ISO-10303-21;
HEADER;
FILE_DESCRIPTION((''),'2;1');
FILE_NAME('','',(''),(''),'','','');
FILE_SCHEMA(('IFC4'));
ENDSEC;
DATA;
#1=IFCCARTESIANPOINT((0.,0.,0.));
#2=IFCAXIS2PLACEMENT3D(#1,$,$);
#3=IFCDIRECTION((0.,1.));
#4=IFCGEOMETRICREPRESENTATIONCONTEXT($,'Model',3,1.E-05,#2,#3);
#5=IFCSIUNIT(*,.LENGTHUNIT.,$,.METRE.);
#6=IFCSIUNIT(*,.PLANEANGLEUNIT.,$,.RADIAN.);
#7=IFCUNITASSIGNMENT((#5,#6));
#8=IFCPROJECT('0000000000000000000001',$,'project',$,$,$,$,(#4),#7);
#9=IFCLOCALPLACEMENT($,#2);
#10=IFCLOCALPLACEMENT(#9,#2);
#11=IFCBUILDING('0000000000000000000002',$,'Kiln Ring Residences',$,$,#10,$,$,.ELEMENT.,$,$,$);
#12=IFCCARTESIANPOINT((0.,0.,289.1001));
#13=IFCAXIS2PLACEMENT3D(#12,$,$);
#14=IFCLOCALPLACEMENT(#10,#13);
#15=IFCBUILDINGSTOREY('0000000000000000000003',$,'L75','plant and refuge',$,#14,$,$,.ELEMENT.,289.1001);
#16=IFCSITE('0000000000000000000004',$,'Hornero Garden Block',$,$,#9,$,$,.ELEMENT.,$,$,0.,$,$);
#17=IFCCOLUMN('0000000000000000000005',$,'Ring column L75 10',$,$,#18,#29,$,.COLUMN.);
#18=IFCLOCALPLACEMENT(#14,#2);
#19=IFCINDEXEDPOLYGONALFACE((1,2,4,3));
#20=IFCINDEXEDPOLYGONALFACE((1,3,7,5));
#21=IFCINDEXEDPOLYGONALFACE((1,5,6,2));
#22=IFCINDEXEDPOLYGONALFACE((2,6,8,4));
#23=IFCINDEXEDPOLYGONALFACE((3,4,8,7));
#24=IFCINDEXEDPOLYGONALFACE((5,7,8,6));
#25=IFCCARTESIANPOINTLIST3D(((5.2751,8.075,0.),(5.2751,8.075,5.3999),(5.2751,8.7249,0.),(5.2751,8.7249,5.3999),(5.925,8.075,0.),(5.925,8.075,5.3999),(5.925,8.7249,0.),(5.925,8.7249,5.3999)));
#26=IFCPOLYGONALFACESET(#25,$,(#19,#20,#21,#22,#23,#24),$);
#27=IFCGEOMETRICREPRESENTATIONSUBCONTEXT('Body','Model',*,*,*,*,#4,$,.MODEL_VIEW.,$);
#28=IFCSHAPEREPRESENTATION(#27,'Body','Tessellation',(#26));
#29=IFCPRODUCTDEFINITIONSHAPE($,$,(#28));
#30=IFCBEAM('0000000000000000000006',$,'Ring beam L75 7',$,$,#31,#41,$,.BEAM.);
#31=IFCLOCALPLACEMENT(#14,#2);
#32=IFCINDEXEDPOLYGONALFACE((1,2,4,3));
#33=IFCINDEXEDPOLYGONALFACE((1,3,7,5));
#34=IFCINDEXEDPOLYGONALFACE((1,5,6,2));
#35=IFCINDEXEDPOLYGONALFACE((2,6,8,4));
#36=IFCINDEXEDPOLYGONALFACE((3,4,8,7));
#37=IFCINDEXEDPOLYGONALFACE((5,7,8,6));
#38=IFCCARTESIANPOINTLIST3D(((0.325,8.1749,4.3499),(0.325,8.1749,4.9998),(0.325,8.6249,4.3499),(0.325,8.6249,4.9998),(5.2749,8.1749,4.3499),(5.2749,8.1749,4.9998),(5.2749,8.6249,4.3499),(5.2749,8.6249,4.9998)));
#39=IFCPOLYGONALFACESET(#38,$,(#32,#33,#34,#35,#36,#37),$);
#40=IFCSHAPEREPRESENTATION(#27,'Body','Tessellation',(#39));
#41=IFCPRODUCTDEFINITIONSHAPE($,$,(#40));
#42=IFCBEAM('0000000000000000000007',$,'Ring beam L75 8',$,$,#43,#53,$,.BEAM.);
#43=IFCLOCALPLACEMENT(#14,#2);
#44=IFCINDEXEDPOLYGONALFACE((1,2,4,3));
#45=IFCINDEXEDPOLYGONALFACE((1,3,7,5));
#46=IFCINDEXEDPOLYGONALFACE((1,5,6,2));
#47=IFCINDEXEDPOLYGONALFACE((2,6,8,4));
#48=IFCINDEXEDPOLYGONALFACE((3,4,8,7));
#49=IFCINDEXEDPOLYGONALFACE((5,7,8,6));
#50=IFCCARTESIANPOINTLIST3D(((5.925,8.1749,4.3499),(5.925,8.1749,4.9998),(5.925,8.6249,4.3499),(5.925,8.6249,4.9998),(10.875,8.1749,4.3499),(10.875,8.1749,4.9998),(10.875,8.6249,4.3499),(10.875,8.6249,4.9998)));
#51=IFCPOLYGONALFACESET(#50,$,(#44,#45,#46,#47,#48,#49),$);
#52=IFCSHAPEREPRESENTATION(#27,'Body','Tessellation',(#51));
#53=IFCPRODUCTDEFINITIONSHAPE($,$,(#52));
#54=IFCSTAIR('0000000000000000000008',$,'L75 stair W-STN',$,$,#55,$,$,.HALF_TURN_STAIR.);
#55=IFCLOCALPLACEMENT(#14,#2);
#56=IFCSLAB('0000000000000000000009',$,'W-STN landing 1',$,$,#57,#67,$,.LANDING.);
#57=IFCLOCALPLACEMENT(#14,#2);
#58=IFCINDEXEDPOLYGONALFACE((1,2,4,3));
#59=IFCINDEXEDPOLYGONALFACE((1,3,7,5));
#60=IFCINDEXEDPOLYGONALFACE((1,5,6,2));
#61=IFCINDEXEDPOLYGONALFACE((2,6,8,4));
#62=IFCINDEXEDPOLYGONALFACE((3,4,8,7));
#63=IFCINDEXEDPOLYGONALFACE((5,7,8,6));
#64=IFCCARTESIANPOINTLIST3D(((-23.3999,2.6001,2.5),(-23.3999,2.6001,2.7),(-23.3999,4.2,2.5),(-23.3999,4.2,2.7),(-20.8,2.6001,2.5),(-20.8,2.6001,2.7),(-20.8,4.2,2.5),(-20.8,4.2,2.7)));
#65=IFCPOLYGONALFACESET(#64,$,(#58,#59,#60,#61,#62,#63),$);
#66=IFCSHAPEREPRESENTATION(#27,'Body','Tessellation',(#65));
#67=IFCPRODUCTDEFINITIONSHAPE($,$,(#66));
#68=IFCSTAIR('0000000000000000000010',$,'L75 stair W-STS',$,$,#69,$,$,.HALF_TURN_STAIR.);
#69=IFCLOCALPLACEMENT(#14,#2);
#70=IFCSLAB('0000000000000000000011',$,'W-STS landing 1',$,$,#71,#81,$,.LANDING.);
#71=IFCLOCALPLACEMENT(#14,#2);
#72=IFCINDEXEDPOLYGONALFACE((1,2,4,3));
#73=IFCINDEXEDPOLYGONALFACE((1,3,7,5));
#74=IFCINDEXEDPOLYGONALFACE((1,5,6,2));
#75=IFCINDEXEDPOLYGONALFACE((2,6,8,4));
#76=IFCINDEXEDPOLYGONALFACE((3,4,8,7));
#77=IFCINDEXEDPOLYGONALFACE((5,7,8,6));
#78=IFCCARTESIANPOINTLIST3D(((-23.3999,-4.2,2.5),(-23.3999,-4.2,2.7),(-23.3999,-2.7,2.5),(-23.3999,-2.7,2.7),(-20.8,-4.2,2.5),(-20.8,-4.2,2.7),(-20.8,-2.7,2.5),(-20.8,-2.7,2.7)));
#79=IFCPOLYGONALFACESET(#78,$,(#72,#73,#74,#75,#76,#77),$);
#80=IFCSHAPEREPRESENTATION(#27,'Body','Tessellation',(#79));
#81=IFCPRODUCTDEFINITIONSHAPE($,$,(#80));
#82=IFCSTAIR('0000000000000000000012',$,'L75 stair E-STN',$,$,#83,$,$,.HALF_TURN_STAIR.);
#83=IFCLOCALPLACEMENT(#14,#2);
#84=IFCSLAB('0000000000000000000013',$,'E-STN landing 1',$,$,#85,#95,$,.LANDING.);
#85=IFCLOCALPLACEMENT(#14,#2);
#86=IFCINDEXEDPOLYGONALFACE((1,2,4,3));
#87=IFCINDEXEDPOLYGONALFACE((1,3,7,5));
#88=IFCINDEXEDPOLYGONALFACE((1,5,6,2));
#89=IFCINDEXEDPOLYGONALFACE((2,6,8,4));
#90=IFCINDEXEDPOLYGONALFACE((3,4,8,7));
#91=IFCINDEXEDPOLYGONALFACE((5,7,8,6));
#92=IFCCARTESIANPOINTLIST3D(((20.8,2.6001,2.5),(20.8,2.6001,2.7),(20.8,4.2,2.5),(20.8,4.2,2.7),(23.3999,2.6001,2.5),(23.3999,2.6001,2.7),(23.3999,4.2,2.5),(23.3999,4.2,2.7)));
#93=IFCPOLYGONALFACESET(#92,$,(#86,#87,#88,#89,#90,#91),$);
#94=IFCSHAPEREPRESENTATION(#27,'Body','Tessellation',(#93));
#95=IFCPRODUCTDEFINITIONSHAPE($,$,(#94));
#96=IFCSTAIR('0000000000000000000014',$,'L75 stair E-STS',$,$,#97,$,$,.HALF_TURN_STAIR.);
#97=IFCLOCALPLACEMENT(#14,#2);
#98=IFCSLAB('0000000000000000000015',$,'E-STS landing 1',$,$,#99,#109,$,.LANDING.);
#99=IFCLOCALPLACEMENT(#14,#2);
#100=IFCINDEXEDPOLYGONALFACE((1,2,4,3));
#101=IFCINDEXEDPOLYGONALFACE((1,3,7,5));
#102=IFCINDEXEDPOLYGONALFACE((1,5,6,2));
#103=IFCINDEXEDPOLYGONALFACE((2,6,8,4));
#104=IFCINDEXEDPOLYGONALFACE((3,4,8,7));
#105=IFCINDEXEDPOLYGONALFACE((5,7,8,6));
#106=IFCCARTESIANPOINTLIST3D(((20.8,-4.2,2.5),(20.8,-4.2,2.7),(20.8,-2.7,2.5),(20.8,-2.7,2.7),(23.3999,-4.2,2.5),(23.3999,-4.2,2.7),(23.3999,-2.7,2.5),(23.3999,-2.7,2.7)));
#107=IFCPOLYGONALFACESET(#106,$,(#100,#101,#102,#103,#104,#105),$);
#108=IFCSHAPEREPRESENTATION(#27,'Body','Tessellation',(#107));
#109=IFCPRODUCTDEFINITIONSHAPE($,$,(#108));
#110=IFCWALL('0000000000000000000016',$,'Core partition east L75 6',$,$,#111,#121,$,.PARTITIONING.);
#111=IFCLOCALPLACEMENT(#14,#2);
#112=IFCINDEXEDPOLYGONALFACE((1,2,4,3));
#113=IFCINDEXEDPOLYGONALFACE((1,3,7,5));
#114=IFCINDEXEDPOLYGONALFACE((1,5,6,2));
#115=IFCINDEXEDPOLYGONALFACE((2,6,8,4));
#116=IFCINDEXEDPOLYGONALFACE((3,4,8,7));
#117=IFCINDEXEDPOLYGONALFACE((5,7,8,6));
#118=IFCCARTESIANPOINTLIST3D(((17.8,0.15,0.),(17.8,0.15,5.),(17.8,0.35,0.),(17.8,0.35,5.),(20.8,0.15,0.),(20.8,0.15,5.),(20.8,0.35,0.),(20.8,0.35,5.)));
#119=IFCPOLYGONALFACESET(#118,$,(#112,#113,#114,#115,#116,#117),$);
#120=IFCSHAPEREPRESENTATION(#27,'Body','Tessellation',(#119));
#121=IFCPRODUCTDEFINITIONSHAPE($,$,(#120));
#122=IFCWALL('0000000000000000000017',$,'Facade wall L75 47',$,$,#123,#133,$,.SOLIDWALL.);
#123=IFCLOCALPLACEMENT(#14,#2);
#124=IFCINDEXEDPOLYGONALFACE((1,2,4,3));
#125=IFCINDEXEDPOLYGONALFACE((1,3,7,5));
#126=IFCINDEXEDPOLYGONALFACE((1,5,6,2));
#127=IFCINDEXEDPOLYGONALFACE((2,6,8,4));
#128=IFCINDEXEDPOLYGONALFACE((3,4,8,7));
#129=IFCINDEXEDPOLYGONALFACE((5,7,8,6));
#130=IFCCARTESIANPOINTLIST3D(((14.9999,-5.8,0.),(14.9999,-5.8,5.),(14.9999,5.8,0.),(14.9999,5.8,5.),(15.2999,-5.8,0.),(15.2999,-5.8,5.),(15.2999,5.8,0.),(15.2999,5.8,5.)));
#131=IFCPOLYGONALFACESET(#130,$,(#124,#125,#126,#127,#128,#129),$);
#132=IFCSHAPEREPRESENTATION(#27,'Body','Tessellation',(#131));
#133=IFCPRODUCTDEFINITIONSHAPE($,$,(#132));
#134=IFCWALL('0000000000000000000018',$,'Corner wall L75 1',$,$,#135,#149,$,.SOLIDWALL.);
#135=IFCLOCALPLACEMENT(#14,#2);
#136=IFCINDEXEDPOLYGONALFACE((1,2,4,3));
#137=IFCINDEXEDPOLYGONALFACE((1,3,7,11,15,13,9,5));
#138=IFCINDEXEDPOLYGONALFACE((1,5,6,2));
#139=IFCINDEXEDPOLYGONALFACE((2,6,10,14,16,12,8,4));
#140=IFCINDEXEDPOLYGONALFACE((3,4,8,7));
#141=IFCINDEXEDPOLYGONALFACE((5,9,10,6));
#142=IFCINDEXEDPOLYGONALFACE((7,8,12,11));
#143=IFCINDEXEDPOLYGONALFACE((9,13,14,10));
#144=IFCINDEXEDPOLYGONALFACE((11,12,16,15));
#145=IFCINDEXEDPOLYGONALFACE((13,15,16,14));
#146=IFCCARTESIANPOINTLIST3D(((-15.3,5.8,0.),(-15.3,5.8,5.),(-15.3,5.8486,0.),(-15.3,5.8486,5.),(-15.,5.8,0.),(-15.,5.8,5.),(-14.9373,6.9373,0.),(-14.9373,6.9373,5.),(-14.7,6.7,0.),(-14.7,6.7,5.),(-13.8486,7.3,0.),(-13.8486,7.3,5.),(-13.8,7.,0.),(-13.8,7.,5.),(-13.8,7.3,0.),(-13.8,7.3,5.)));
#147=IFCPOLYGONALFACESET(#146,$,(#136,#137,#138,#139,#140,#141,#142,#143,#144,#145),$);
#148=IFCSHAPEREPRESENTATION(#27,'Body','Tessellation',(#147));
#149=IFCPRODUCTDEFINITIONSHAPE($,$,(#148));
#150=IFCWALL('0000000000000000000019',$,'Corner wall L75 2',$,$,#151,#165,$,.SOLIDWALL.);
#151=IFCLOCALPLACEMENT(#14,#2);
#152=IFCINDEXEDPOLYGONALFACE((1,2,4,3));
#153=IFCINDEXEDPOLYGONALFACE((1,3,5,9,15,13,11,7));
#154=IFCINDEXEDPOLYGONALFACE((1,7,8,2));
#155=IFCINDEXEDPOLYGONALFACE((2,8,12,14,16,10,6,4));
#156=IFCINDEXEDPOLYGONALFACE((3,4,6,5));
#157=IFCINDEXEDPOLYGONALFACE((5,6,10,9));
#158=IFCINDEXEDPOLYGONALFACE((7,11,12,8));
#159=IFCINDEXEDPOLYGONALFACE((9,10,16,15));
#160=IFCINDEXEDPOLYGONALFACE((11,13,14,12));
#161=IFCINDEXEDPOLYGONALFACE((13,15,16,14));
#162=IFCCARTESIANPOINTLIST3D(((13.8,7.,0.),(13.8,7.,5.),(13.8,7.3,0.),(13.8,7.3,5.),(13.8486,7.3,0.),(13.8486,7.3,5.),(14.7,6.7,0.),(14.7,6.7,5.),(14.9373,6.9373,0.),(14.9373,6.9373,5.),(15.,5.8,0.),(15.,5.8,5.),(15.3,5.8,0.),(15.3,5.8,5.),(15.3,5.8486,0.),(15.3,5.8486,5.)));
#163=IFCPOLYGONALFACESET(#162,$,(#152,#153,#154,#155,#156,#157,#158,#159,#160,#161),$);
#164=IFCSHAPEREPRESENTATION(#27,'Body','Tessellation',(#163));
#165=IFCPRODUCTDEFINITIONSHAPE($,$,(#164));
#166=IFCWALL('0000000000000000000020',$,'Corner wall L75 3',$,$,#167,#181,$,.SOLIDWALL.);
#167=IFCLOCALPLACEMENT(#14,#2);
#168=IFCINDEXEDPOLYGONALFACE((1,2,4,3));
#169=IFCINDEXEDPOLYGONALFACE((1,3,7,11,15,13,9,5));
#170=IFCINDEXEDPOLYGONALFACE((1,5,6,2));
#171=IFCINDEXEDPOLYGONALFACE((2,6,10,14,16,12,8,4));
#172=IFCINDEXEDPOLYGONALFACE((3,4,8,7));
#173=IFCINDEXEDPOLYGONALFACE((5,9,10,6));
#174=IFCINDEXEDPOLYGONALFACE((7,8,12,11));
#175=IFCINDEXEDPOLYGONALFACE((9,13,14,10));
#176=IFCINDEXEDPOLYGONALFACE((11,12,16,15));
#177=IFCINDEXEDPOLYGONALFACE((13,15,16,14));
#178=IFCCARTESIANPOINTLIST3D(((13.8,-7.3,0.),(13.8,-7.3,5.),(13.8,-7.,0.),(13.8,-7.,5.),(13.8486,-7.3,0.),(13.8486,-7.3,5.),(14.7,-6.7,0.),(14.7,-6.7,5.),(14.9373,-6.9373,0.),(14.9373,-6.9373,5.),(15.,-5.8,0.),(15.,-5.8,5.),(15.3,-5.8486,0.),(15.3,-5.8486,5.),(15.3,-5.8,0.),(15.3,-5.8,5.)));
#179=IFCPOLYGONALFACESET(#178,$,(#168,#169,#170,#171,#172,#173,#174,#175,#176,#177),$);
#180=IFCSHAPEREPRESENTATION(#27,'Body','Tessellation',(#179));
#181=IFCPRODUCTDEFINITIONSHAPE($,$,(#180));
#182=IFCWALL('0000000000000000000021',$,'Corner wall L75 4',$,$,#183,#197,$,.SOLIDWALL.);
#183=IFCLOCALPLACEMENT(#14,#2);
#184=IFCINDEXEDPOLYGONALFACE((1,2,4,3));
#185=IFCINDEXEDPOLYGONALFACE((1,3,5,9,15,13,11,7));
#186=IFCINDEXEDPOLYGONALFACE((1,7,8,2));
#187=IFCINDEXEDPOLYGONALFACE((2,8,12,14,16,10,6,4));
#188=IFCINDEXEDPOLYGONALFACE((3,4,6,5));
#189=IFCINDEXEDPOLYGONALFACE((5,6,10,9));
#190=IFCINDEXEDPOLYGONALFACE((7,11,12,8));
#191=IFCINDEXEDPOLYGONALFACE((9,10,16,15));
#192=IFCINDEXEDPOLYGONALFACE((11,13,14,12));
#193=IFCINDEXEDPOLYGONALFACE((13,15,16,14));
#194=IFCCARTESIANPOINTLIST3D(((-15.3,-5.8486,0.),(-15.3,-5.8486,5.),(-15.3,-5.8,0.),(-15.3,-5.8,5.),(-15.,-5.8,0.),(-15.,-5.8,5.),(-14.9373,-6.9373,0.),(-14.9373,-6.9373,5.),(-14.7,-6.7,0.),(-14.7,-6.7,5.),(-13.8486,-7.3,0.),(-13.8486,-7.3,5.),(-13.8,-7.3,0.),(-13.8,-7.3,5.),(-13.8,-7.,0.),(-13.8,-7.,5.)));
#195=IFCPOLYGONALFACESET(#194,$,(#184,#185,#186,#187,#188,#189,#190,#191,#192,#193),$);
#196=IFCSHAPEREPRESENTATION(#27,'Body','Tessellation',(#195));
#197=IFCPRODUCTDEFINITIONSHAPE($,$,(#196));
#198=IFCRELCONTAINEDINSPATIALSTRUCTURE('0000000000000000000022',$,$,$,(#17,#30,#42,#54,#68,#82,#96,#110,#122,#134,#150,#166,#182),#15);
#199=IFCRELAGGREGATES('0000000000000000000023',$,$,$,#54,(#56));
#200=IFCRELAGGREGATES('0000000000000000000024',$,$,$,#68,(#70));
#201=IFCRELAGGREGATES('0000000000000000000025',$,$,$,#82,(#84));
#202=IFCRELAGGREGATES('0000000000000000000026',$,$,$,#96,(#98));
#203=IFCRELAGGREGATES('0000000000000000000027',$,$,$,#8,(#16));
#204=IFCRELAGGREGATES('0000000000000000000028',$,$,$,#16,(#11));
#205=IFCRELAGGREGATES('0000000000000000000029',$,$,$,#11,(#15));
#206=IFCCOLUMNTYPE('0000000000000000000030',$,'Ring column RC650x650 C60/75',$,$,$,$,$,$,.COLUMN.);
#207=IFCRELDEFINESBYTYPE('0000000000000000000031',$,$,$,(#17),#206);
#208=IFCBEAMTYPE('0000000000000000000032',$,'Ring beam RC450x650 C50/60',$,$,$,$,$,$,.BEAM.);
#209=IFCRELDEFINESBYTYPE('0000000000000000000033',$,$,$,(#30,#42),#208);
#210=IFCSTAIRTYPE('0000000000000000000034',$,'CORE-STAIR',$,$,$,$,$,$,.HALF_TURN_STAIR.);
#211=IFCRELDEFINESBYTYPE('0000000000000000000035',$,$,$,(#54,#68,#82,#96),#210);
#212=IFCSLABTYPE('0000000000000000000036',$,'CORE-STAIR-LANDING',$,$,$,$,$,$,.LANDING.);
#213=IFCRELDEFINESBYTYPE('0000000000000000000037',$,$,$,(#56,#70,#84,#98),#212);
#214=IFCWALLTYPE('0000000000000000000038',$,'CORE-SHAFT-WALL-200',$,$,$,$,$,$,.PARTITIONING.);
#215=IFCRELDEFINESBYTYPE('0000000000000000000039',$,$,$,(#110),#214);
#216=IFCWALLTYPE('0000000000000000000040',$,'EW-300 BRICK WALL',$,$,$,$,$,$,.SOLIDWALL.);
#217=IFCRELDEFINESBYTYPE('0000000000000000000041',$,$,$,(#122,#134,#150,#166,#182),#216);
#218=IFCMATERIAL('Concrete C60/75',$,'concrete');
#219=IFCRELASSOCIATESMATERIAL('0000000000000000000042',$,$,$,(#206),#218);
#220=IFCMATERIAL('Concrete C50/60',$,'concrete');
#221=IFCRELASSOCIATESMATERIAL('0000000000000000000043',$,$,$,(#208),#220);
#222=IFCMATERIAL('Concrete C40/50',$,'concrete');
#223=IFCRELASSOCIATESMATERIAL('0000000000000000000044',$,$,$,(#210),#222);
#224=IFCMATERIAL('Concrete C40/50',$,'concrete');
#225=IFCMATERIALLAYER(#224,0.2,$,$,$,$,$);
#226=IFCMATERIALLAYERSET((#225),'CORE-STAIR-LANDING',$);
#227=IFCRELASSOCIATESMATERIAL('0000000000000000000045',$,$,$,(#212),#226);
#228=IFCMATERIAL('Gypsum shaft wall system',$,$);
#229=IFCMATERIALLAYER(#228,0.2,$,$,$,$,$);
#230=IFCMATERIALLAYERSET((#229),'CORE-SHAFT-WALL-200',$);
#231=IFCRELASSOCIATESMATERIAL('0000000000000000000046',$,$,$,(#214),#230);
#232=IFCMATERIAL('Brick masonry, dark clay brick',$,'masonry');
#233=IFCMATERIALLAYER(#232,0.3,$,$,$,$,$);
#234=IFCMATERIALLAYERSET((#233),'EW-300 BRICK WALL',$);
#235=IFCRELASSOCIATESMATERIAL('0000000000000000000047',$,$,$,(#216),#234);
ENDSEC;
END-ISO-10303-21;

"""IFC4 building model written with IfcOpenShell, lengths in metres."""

from ifc_helpers import new_model, si_unit, direction, frame, frame_2d, origin, origin_2d, place, context, subcontext, project, spatial, polyline, rectangle, outline, extrude, material, layer, layer_set, material_profile, profile_set, type_object, element, aggregate, save


model = new_model("IFC4")

# Units and contexts
model_context = context("Model", 3, precision=1e-05, world=origin(), true_north=direction((0.0, 1.0)))
body_context = subcontext(model_context, "Body", "Model", "MODEL_VIEW")
ifc_project = project(units=[si_unit("LENGTHUNIT", "METRE"), si_unit("PLANEANGLEUNIT", "RADIAN")], contexts=[model_context])

# Site, building, storey
site_placement = place(None, origin())
site = spatial("IfcSite", under=ifc_project, at=site_placement, Name="Hornero Garden Block", CompositionType="ELEMENT", RefElevation=0.0)
building_placement = place(site_placement, origin())
building = spatial("IfcBuilding", under=site, at=building_placement, Name="Kiln Ring Residences", CompositionType="ELEMENT")
storey_placement = place(building_placement, frame((0.0, 0.0, 289.1001)))
storey = spatial("IfcBuildingStorey", under=building, at=storey_placement, Name="L75", Description="plant and refuge", CompositionType="ELEMENT", Elevation=289.1001)

# Column
ifc_material_1 = material(Name="Concrete C60/75", Category="concrete")
ifc_material_profile_1 = material_profile(ifc_material_1, rectangle(XDim=0.6499, YDim=0.6499, at=origin_2d()), Name="RC650x650")
ifc_profile_set_1 = profile_set([ifc_material_profile_1], Name="Concrete C60/75")
column_type = type_object("IfcColumnType", Name="Ring column RC650x650 C60/75", PredefinedType="COLUMN", material=ifc_profile_set_1)
column_placement = place(storey_placement, frame((5.6001, 8.3999, 0.0), z_axis=(0.0, 0.0, 1.0), x_axis=(1.0, 0.0, 0.0)))
element("IfcColumn", 1, at=column_placement, inside=storey, type_object=column_type, Name="Ring column L75 10", PredefinedType="COLUMN", context=body_context, shape_type="SweptSolid", body=[
    extrude(rectangle(XDim=0.6499, YDim=0.6499, at=origin_2d()), origin(), (0.0, 0.0, 1.0), 5.3999),
])

# Beams
ifc_material_2 = material(Name="Concrete C50/60", Category="concrete")
ifc_material_profile_2 = material_profile(ifc_material_2, rectangle(XDim=0.45, YDim=0.6499, at=origin_2d()), Name="RC450x650")
ifc_profile_set_2 = profile_set([ifc_material_profile_2], Name="Concrete C50/60")
beam_type = type_object("IfcBeamType", Name="Ring beam RC450x650 C50/60", PredefinedType="BEAM", material=ifc_profile_set_2)
for number, where, z_axis, x_axis, name in (
    (2, (0.325, 8.3999, 4.6748), (1.0, 0.0, 0.0), (0.0, 1.0, 0.0), "Ring beam L75 7"),
    (3, (5.925, 8.3999, 4.6748), (1.0, 0.0, 0.0), (0.0, 1.0, 0.0), "Ring beam L75 8"),
):
    element("IfcBeam", number, at=place(storey_placement, frame(where, z_axis=z_axis, x_axis=x_axis)), inside=storey, type_object=beam_type, Name=name, PredefinedType="BEAM", context=body_context, shape_type="SweptSolid", body=[
        extrude(rectangle(XDim=0.45, YDim=0.6499, at=origin_2d()), origin(), (0.0, 0.0, 1.0), 4.95),
    ])

# Stairs, slabs
ifc_material_3 = material(Name="Concrete C40/50", Category="concrete")
stair_type = type_object("IfcStairType", Name="CORE-STAIR", PredefinedType="HALF_TURN_STAIR", material=ifc_material_3)
placement_1 = place(storey_placement, origin())
stair_1 = element("IfcStair", 4, at=placement_1, inside=storey, type_object=stair_type, Name="L75 stair W-STN", PredefinedType="HALF_TURN_STAIR")
ifc_material_4 = material(Name="Concrete C40/50", Category="concrete")
ifc_layer_1 = layer(ifc_material_4, 0.2)
ifc_layer_set_1 = layer_set([ifc_layer_1], Name="CORE-STAIR-LANDING")
slab_type = type_object("IfcSlabType", Name="CORE-STAIR-LANDING", PredefinedType="LANDING", material=ifc_layer_set_1)
placement_2 = place(storey_placement, frame((0.0, 0.0, 2.5)))
slab_1 = element("IfcSlab", 5, at=placement_2, type_object=slab_type, Name="W-STN landing 1", PredefinedType="LANDING", context=body_context, shape_type="SweptSolid", body=[
    extrude(outline(polyline([(-23.3999, 4.2), (-23.3999, 2.6001), (-20.8, 2.6001), (-20.8, 4.2), (-23.3999, 4.2)])), origin(), (0.0, 0.0, 1.0), 0.2),
])
aggregate(stair_1, [slab_1])
stair_2 = element("IfcStair", 6, at=placement_1, inside=storey, type_object=stair_type, Name="L75 stair W-STS", PredefinedType="HALF_TURN_STAIR")
slab_2 = element("IfcSlab", 7, at=placement_2, type_object=slab_type, Name="W-STS landing 1", PredefinedType="LANDING", context=body_context, shape_type="SweptSolid", body=[
    extrude(outline(polyline([(-20.8, -4.2), (-20.8, -2.7), (-23.3999, -2.7), (-23.3999, -4.2), (-20.8, -4.2)])), origin(), (0.0, 0.0, 1.0), 0.2),
])
aggregate(stair_2, [slab_2])
stair_3 = element("IfcStair", 8, at=placement_1, inside=storey, type_object=stair_type, Name="L75 stair E-STN", PredefinedType="HALF_TURN_STAIR")
slab_3 = element("IfcSlab", 9, at=placement_2, type_object=slab_type, Name="E-STN landing 1", PredefinedType="LANDING", context=body_context, shape_type="SweptSolid", body=[
    extrude(outline(polyline([(20.8, 4.2), (20.8, 2.6001), (23.3999, 2.6001), (23.3999, 4.2), (20.8, 4.2)])), origin(), (0.0, 0.0, 1.0), 0.2),
])
aggregate(stair_3, [slab_3])
stair_4 = element("IfcStair", 10, at=placement_1, inside=storey, type_object=stair_type, Name="L75 stair E-STS", PredefinedType="HALF_TURN_STAIR")
slab_4 = element("IfcSlab", 11, at=placement_2, type_object=slab_type, Name="E-STS landing 1", PredefinedType="LANDING", context=body_context, shape_type="SweptSolid", body=[
    extrude(outline(polyline([(23.3999, -4.2), (23.3999, -2.7), (20.8, -2.7), (20.8, -4.2), (23.3999, -4.2)])), origin(), (0.0, 0.0, 1.0), 0.2),
])
aggregate(stair_4, [slab_4])

# Walls
ifc_material_5 = material(Name="Gypsum shaft wall system")
ifc_layer_2 = layer(ifc_material_5, 0.2)
ifc_layer_set_2 = layer_set([ifc_layer_2], Name="CORE-SHAFT-WALL-200")
wall_type_1 = type_object("IfcWallType", Name="CORE-SHAFT-WALL-200", PredefinedType="PARTITIONING", material=ifc_layer_set_2)
wall_1_placement = place(storey_placement, frame((17.8, 0.25, 0.0), z_axis=(0.0, 0.0, 1.0), x_axis=(1.0, 0.0, 0.0)))
element("IfcWall", 12, at=wall_1_placement, inside=storey, type_object=wall_type_1, Name="Core partition east L75 6", PredefinedType="PARTITIONING", context=body_context, shape_type="SweptSolid", body=[
    extrude(rectangle(XDim=3.0, YDim=0.2, at=frame_2d((1.5, 0.0))), origin(), (0.0, 0.0, 1.0), 5.0),
])
ifc_material_6 = material(Name="Brick masonry, dark clay brick", Category="masonry")
ifc_layer_3 = layer(ifc_material_6, 0.3)
ifc_layer_set_3 = layer_set([ifc_layer_3], Name="EW-300 BRICK WALL")
wall_type_2 = type_object("IfcWallType", Name="EW-300 BRICK WALL", PredefinedType="SOLIDWALL", material=ifc_layer_set_3)
wall_2_placement = place(storey_placement, frame((15.1499, 5.8, 0.0), z_axis=(0.0, 0.0, 1.0), x_axis=(0.0, -1.0, 0.0)))
element("IfcWall", 13, at=wall_2_placement, inside=storey, type_object=wall_type_2, Name="Facade wall L75 47", PredefinedType="SOLIDWALL", context=body_context, shape_type="SweptSolid", body=[
    extrude(rectangle(XDim=11.6001, YDim=0.3, at=frame_2d((5.8, 0.0))), origin(), (0.0, 0.0, 1.0), 5.0),
])
element("IfcWall", 14, at=placement_1, inside=storey, type_object=wall_type_2, Name="Corner wall L75 1", PredefinedType="SOLIDWALL", context=body_context, shape_type="SweptSolid", body=[
    extrude(outline(polyline([(-13.8486, 7.3), (-14.9373, 6.9373), (-15.3, 5.8486), (-15.3, 5.8), (-15.0, 5.8), (-14.7, 6.7), (-13.8, 7.0), (-13.8, 7.3), (-13.8486, 7.3)])), origin(), (0.0, 0.0, 1.0), 5.0),
])
element("IfcWall", 15, at=placement_1, inside=storey, type_object=wall_type_2, Name="Corner wall L75 2", PredefinedType="SOLIDWALL", context=body_context, shape_type="SweptSolid", body=[
    extrude(outline(polyline([(14.9373, 6.9373), (13.8486, 7.3), (13.8, 7.3), (13.8, 7.0), (14.7, 6.7), (15.0, 5.8), (15.3, 5.8), (15.3, 5.8486), (14.9373, 6.9373)])), origin(), (0.0, 0.0, 1.0), 5.0),
])
element("IfcWall", 16, at=placement_1, inside=storey, type_object=wall_type_2, Name="Corner wall L75 3", PredefinedType="SOLIDWALL", context=body_context, shape_type="SweptSolid", body=[
    extrude(outline(polyline([(14.9373, -6.9373), (15.3, -5.8486), (15.3, -5.8), (15.0, -5.8), (14.7, -6.7), (13.8, -7.0), (13.8, -7.3), (13.8486, -7.3), (14.9373, -6.9373)])), origin(), (0.0, 0.0, 1.0), 5.0),
])
element("IfcWall", 17, at=placement_1, inside=storey, type_object=wall_type_2, Name="Corner wall L75 4", PredefinedType="SOLIDWALL", context=body_context, shape_type="SweptSolid", body=[
    extrude(outline(polyline([(-14.9373, -6.9373), (-13.8486, -7.3), (-13.8, -7.3), (-13.8, -7.0), (-14.7, -6.7), (-15.0, -5.8), (-15.3, -5.8), (-15.3, -5.8486), (-14.9373, -6.9373)])), origin(), (0.0, 0.0, 1.0), 5.0),
])

save(model, "model.ifc")
